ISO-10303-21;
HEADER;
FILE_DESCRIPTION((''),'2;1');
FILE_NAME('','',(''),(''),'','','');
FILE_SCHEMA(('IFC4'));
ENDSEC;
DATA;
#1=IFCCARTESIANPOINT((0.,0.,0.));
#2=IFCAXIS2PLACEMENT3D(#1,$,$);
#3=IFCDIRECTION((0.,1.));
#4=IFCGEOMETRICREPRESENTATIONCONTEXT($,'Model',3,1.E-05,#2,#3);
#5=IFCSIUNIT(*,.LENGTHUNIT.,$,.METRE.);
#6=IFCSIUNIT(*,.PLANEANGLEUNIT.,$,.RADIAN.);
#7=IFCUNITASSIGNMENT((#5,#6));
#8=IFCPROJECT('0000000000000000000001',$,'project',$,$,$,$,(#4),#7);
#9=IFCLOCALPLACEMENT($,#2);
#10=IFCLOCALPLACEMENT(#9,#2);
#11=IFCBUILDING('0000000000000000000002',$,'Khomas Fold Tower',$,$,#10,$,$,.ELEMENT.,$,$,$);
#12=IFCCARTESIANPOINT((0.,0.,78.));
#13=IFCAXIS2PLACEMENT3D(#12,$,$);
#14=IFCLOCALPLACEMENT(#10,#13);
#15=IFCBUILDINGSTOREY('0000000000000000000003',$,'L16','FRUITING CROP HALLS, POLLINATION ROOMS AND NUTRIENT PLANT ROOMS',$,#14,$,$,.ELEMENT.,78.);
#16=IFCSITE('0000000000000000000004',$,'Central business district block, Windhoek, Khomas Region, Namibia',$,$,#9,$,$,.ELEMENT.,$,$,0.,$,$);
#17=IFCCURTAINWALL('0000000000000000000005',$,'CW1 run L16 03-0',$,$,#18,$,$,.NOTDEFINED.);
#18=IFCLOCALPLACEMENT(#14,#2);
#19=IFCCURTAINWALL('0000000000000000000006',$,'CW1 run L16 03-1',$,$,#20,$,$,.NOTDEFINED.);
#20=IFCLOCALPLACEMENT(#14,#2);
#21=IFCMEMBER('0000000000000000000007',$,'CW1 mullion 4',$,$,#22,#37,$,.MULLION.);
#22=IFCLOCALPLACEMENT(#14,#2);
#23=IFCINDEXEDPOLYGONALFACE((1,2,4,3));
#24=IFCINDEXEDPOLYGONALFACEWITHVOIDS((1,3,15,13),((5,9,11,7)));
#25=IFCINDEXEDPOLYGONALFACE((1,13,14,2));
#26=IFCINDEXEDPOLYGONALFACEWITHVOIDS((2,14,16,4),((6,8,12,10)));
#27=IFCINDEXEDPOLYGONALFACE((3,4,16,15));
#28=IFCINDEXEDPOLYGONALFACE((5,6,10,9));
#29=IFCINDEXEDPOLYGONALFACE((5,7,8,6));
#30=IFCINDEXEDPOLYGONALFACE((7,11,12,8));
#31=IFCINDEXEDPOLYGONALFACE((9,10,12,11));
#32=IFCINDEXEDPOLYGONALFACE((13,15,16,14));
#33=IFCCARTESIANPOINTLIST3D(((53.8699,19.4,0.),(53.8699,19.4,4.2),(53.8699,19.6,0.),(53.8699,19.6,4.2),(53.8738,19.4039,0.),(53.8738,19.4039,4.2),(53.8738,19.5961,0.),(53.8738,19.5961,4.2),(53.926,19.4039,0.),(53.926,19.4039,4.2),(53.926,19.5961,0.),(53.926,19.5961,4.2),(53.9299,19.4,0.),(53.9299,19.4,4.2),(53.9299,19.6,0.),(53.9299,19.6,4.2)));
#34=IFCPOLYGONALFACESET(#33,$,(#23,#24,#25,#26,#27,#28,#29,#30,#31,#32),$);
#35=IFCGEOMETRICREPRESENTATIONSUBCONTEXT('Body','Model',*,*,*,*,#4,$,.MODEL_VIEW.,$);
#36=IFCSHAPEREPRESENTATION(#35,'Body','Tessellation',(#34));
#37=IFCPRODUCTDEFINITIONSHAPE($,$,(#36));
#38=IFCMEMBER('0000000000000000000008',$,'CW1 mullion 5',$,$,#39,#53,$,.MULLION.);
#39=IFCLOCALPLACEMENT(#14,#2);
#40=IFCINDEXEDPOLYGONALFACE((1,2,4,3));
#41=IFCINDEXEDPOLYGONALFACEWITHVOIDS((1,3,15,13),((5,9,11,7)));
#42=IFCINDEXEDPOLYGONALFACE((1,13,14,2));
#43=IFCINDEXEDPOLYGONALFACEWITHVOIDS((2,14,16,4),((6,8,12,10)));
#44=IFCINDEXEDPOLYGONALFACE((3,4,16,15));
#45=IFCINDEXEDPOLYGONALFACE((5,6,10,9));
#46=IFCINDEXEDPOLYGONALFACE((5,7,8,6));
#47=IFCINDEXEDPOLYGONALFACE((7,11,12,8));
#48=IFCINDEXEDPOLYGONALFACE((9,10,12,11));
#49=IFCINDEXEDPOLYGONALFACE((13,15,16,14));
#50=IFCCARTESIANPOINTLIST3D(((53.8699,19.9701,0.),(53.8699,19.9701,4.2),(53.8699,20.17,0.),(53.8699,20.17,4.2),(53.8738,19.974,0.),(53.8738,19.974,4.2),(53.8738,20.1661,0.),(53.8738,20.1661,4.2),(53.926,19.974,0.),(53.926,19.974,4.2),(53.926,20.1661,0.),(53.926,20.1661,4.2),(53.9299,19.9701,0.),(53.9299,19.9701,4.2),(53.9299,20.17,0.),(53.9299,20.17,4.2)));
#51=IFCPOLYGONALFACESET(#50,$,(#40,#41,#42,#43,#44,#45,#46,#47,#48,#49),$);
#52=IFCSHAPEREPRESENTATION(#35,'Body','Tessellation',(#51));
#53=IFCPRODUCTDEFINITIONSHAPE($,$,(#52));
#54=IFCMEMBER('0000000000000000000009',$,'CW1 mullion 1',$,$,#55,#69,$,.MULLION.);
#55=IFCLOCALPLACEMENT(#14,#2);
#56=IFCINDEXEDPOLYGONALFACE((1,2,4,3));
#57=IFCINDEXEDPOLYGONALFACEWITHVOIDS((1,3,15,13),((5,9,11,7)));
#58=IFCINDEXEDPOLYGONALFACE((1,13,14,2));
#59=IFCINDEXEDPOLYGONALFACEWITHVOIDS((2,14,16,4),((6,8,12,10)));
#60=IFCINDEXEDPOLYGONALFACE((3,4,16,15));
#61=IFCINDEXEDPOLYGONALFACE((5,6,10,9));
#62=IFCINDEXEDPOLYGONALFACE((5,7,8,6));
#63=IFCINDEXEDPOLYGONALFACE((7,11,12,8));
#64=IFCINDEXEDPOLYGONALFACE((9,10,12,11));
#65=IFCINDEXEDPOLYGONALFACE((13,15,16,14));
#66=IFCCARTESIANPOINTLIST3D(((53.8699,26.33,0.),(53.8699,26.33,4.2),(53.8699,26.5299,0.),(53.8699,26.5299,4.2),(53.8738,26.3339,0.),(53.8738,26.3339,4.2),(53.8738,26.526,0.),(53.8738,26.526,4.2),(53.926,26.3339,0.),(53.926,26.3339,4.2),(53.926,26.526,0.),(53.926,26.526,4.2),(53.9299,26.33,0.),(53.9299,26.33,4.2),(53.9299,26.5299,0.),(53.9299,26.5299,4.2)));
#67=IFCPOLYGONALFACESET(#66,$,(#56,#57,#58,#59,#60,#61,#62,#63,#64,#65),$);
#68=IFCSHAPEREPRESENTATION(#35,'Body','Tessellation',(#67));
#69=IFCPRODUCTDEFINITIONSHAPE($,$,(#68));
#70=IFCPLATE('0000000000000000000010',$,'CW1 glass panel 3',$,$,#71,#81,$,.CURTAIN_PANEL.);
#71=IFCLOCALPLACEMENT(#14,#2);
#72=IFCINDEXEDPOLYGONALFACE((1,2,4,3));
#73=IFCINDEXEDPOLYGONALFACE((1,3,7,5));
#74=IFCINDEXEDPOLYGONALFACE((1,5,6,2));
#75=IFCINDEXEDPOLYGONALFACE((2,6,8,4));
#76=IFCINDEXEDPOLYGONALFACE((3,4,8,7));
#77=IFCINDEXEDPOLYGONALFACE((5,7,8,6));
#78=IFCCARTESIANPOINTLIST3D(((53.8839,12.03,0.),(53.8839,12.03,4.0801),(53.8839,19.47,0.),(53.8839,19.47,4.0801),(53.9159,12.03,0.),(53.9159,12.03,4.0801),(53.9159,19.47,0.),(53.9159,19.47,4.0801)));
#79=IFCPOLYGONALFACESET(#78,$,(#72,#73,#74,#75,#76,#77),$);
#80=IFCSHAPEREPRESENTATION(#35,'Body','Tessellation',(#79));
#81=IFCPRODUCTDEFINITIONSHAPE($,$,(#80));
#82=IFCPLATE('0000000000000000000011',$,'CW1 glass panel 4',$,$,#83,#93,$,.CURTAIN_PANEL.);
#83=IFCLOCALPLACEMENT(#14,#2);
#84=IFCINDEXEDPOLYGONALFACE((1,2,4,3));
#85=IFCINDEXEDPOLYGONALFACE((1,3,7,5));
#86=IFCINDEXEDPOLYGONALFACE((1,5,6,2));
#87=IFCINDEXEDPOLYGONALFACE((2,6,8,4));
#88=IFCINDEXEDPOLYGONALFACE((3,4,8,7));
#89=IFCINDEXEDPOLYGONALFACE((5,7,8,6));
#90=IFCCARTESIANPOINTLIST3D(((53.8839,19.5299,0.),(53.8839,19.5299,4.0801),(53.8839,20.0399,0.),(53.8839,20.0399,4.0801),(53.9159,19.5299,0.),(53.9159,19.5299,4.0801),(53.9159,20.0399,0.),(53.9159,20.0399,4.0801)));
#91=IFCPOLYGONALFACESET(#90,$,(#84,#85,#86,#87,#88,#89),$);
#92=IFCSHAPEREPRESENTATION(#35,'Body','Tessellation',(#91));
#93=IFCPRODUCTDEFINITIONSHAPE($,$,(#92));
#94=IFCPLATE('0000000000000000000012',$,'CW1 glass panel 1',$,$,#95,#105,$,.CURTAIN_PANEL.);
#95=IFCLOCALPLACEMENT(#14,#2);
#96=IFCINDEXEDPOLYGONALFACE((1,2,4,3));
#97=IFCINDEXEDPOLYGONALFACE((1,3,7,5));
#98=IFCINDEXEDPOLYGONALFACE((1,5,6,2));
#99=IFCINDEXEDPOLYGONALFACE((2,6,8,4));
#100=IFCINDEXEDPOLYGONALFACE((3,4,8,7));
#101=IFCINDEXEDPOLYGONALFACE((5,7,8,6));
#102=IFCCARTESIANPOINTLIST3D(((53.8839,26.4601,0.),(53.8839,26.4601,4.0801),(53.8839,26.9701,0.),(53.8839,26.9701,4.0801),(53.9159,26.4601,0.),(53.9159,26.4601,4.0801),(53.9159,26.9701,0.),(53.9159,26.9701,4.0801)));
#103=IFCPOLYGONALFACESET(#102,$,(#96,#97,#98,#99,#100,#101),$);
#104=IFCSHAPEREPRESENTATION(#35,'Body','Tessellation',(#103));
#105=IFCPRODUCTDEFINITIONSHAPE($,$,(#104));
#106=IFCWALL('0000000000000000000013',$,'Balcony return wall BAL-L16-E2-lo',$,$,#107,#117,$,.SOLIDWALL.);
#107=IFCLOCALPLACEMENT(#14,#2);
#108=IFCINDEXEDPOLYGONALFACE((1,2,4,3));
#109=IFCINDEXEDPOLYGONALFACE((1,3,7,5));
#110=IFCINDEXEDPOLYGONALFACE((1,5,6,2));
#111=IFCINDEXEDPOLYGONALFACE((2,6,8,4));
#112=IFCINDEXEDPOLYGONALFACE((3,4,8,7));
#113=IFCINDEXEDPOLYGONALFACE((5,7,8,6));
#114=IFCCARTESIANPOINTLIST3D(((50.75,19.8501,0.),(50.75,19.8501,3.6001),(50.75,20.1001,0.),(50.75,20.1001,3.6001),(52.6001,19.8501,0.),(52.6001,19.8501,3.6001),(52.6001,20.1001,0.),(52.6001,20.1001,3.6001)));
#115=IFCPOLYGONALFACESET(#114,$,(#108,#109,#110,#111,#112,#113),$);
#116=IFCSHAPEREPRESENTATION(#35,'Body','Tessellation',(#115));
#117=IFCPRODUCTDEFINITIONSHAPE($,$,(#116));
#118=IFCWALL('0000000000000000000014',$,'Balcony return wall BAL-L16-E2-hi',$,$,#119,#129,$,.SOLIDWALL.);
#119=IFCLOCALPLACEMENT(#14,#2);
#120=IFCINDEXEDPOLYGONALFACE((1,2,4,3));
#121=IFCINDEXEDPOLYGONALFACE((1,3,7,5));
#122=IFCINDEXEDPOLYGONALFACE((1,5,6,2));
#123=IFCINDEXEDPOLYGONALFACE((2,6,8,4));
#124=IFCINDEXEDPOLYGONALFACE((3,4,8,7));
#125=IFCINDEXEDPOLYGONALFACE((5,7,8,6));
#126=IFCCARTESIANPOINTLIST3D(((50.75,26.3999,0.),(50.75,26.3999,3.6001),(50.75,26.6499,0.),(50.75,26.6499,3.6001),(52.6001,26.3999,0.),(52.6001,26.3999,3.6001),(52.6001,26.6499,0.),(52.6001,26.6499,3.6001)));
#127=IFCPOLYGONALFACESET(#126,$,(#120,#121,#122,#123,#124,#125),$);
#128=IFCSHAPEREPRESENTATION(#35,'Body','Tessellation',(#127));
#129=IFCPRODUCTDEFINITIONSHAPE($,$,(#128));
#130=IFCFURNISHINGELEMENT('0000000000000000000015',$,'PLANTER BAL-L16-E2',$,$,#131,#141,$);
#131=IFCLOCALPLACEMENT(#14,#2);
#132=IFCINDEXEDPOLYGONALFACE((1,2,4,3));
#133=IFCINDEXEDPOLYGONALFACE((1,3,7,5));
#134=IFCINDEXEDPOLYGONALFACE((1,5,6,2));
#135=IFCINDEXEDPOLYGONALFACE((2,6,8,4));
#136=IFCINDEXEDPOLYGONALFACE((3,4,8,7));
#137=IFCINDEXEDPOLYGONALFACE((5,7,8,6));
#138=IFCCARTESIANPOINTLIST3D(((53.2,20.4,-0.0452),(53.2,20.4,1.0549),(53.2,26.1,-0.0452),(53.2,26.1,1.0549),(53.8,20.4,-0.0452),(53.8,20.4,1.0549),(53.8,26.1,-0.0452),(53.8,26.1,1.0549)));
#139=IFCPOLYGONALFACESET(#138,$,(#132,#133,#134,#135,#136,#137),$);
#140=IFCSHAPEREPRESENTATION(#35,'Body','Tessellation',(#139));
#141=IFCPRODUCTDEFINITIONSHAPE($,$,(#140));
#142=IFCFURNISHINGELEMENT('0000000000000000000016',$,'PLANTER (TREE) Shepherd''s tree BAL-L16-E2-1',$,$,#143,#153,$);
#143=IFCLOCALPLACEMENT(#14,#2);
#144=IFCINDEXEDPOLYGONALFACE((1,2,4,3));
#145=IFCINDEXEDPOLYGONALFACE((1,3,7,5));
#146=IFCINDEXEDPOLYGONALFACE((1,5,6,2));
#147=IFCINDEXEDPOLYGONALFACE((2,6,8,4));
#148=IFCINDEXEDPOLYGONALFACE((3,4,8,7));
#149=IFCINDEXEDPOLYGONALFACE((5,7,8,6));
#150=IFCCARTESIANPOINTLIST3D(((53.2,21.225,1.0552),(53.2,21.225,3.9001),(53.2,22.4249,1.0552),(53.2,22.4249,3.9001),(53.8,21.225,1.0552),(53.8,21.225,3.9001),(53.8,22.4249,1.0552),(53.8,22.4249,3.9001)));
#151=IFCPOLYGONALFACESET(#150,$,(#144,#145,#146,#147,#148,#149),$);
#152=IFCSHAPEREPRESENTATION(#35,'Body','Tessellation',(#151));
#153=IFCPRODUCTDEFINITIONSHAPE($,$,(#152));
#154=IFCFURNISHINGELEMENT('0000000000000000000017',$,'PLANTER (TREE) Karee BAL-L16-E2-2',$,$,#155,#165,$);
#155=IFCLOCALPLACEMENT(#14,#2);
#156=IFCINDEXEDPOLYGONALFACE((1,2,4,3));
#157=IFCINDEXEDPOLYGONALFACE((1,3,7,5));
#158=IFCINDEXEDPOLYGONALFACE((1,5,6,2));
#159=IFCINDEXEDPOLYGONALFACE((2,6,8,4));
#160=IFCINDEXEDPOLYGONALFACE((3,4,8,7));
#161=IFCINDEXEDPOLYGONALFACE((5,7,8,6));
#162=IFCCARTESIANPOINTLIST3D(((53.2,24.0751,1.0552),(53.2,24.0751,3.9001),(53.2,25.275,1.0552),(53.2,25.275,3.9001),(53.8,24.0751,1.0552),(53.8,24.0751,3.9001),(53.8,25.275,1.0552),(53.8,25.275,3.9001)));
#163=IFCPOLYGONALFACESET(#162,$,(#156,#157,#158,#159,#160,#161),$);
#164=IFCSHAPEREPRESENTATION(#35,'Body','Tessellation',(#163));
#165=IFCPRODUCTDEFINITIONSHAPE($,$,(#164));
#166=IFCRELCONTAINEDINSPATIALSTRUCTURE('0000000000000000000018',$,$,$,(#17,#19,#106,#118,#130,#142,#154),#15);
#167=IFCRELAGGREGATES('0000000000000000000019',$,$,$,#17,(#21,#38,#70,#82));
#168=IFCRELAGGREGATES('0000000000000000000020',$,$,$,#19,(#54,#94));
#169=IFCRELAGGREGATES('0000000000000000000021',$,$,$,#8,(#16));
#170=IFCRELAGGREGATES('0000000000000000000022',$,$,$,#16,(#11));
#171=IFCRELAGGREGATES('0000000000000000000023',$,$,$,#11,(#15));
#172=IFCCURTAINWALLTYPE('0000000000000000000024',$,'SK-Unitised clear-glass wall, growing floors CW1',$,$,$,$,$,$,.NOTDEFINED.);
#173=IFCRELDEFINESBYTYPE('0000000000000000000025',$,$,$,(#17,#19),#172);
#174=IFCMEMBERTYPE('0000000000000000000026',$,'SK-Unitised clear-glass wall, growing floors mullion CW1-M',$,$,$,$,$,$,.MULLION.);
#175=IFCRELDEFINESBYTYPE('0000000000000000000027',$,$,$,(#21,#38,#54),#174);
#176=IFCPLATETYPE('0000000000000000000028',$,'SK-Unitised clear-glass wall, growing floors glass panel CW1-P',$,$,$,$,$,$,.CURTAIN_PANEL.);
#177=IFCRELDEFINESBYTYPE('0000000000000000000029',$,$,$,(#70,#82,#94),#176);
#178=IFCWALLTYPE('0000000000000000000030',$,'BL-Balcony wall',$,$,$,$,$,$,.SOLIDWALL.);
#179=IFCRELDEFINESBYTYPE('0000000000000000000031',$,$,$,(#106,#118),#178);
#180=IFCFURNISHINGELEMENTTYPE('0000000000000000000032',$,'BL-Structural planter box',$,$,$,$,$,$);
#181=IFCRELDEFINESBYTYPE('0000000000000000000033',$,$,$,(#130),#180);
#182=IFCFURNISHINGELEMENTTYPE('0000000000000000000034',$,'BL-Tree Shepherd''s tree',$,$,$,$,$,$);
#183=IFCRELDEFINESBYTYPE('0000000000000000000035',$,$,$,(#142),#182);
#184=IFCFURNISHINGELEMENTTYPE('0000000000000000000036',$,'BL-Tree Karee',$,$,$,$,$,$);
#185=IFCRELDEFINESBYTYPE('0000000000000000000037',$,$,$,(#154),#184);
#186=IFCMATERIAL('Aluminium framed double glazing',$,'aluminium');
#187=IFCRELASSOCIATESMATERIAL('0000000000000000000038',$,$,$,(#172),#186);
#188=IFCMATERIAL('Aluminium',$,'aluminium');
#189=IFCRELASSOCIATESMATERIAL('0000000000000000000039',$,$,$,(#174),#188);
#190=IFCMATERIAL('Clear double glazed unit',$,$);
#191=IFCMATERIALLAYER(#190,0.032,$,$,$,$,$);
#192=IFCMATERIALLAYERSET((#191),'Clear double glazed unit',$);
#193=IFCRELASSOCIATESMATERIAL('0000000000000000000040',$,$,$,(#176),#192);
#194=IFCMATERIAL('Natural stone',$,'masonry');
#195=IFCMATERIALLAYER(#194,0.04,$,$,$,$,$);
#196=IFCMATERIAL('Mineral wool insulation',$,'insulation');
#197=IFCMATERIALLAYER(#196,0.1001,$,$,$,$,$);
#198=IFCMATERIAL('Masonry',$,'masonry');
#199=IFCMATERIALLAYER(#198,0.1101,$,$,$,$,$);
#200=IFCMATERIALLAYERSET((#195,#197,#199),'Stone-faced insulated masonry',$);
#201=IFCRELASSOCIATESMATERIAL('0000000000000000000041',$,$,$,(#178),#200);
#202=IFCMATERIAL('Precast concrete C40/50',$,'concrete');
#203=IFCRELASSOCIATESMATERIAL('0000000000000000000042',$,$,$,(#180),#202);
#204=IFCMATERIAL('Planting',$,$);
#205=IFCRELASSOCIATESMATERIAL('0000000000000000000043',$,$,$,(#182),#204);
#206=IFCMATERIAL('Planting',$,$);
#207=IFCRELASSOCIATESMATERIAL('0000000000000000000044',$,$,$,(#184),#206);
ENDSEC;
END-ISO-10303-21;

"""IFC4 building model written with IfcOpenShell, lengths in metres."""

from ifc_helpers import new_model, si_unit, direction, frame, frame_2d, origin, origin_2d, place, context, subcontext, project, spatial, rectangle, hollow_rectangle, extrude, source, transform, mapped, material, layer, layer_set, material_profile, profile_set, type_object, element, aggregate, save


model = new_model("IFC4")

# Units and contexts
model_context = context("Model", 3, precision=1e-05, world=origin(), true_north=direction((0.0, 1.0)))
body_context = subcontext(model_context, "Body", "Model", "MODEL_VIEW")
ifc_project = project(units=[si_unit("LENGTHUNIT", "METRE"), si_unit("PLANEANGLEUNIT", "RADIAN")], contexts=[model_context])

# Site, building, storey
site_placement = place(None, origin())
site = spatial("IfcSite", under=ifc_project, at=site_placement, Name="Central business district block, Windhoek, Khomas Region, Namibia", CompositionType="ELEMENT", RefElevation=0.0)
building_placement = place(site_placement, origin())
building = spatial("IfcBuilding", under=site, at=building_placement, Name="Khomas Fold Tower", CompositionType="ELEMENT")
storey_placement = place(building_placement, frame((0.0, 0.0, 78.0)))
storey = spatial("IfcBuildingStorey", under=building, at=storey_placement, Name="L16", Description="FRUITING CROP HALLS, POLLINATION ROOMS AND NUTRIENT PLANT ROOMS", CompositionType="ELEMENT", Elevation=78.0)

# Curtain wall
ifc_material_1 = material(Name="Aluminium framed double glazing", Category="aluminium")
curtain_wall_type = type_object("IfcCurtainWallType", Name="SK-Unitised clear-glass wall, growing floors CW1", PredefinedType="NOTDEFINED", material=ifc_material_1)
curtain_wall_1_placement = place(storey_placement, origin())
curtain_wall_1 = element("IfcCurtainWall", 1, at=curtain_wall_1_placement, inside=storey, type_object=curtain_wall_type, Name="CW1 run L16 03-0", PredefinedType="NOTDEFINED")

# Curtain wall
curtain_wall_2_placement = place(storey_placement, origin())
curtain_wall_2 = element("IfcCurtainWall", 2, at=curtain_wall_2_placement, inside=storey, type_object=curtain_wall_type, Name="CW1 run L16 03-1", PredefinedType="NOTDEFINED")

# Members
ifc_material_2 = material(Name="Aluminium", Category="aluminium")
ifc_material_profile_1 = material_profile(ifc_material_2, hollow_rectangle(XDim=0.0601, YDim=0.2, WallThickness=0.0039, at=origin_2d()), Name="SK-Unitised clear-glass wall, growing floors mullion CW1-M")
ifc_profile_set_1 = profile_set([ifc_material_profile_1], Name="Aluminium")
member_type_1 = type_object("IfcMemberType", Name="SK-Unitised clear-glass wall, growing floors mullion CW1-M", PredefinedType="MULLION", material=ifc_profile_set_1)
shared_shape_1 = source(origin(), body_context, "Body", "SweptSolid", [
    extrude(hollow_rectangle(XDim=0.0601, YDim=0.2, WallThickness=0.0039, at=origin_2d()), origin(), (0.0, 0.0, 1.0), 4.2),
])
member_1_placement = place(storey_placement, frame((53.8999, 19.5, 0.0), z_axis=(0.0, 0.0, 1.0), x_axis=(-1.0, 0.0, 0.0)))
member_1 = element("IfcMember", 3, at=member_1_placement, type_object=member_type_1, Name="CW1 mullion 4", PredefinedType="MULLION", context=body_context, shape_type="MappedRepresentation", body=[
    mapped(shared_shape_1, transform((0.0, 0.0, 0.0))),
])
member_2_placement = place(storey_placement, frame((53.8999, 20.0701, 0.0), z_axis=(0.0, 0.0, 1.0), x_axis=(-1.0, 0.0, 0.0)))
member_2 = element("IfcMember", 4, at=member_2_placement, type_object=member_type_1, Name="CW1 mullion 5", PredefinedType="MULLION", context=body_context, shape_type="MappedRepresentation", body=[
    mapped(shared_shape_1, transform((0.0, 0.0, 0.0))),
])
member_3_placement = place(storey_placement, frame((53.8999, 26.4299, 0.0), z_axis=(0.0, 0.0, 1.0), x_axis=(-1.0, 0.0, 0.0)))
member_3 = element("IfcMember", 5, at=member_3_placement, type_object=member_type_1, Name="CW1 mullion 1", PredefinedType="MULLION", context=body_context, shape_type="MappedRepresentation", body=[
    mapped(shared_shape_1, transform((0.0, 0.0, 0.0))),
])

# Plates
ifc_material_3 = material(Name="Clear double glazed unit")
ifc_layer_1 = layer(ifc_material_3, 0.032)
ifc_layer_set_1 = layer_set([ifc_layer_1], Name="Clear double glazed unit")
plate_type = type_object("IfcPlateType", Name="SK-Unitised clear-glass wall, growing floors glass panel CW1-P", PredefinedType="CURTAIN_PANEL", material=ifc_layer_set_1)
shared_shape_2 = source(origin(), body_context, "Body", "SweptSolid", [
    extrude(rectangle(XDim=7.4399, YDim=0.032, at=origin_2d()), origin(), (0.0, 0.0, 1.0), 4.0801),
])
plate_1_placement = place(storey_placement, frame((53.8999, 15.75, 0.0), z_axis=(0.0, 0.0, 1.0), x_axis=(0.0, 1.0, 0.0)))
plate_1 = element("IfcPlate", 6, at=plate_1_placement, type_object=plate_type, Name="CW1 glass panel 3", PredefinedType="CURTAIN_PANEL", context=body_context, shape_type="MappedRepresentation", body=[
    mapped(shared_shape_2, transform((0.0, 0.0, 0.0))),
])
shared_shape_3 = source(origin(), body_context, "Body", "SweptSolid", [
    extrude(rectangle(XDim=0.51, YDim=0.032, at=origin_2d()), origin(), (0.0, 0.0, 1.0), 4.0801),
])
plate_2_placement = place(storey_placement, frame((53.8999, 19.7849, 0.0), z_axis=(0.0, 0.0, 1.0), x_axis=(0.0, 1.0, 0.0)))
plate_2 = element("IfcPlate", 7, at=plate_2_placement, type_object=plate_type, Name="CW1 glass panel 4", PredefinedType="CURTAIN_PANEL", context=body_context, shape_type="MappedRepresentation", body=[
    mapped(shared_shape_3, transform((0.0, 0.0, 0.0))),
])
aggregate(curtain_wall_1, [member_1, member_2, plate_1, plate_2])
plate_3_placement = place(storey_placement, frame((53.8999, 26.7151, 0.0), z_axis=(0.0, 0.0, 1.0), x_axis=(0.0, 1.0, 0.0)))
plate_3 = element("IfcPlate", 8, at=plate_3_placement, type_object=plate_type, Name="CW1 glass panel 1", PredefinedType="CURTAIN_PANEL", context=body_context, shape_type="MappedRepresentation", body=[
    mapped(shared_shape_3, transform((0.0, 0.0, 0.0))),
])
aggregate(curtain_wall_2, [member_3, plate_3])

# Shared definitions
ifc_material_4 = material(Name="Natural stone", Category="masonry")
ifc_layer_2 = layer(ifc_material_4, 0.04)
ifc_material_5 = material(Name="Mineral wool insulation", Category="insulation")
ifc_layer_3 = layer(ifc_material_5, 0.1001)
ifc_material_6 = material(Name="Masonry", Category="masonry")
ifc_layer_4 = layer(ifc_material_6, 0.1101)
ifc_layer_set_2 = layer_set([ifc_layer_2, ifc_layer_3, ifc_layer_4], Name="Stone-faced insulated masonry")
wall_type = type_object("IfcWallType", Name="BL-Balcony wall", PredefinedType="SOLIDWALL", material=ifc_layer_set_2)

# Walls
shared_shape_4 = source(origin(), body_context, "Body", "SweptSolid", [
    extrude(rectangle(XDim=1.8501, YDim=0.25, at=frame_2d((0.925, 0.0))), origin(), (0.0, 0.0, 1.0), 3.6001),
])
for number, where, z_axis, x_axis, name in (
    (9, (52.6001, 19.9751, 0.0), (0.0, 0.0, 1.0), (-1.0, 0.0, 0.0), "Balcony return wall BAL-L16-E2-lo"),
    (10, (52.6001, 26.5249, 0.0), (0.0, 0.0, 1.0), (-1.0, 0.0, 0.0), "Balcony return wall BAL-L16-E2-hi"),
):
    element("IfcWall", number, at=place(storey_placement, frame(where, z_axis=z_axis, x_axis=x_axis)), inside=storey, type_object=wall_type, Name=name, PredefinedType="SOLIDWALL", context=body_context, shape_type="MappedRepresentation", body=[
        mapped(shared_shape_4, transform((0.0, 0.0, 0.0))),
    ])

# Furnishing elements
ifc_material_7 = material(Name="Precast concrete C40/50", Category="concrete")
furnishing_element_type_1 = type_object("IfcFurnishingElementType", Name="BL-Structural planter box", material=ifc_material_7)
shared_shape_5 = source(origin(), body_context, "Body", "SweptSolid", [
    extrude(rectangle(XDim=5.7, YDim=0.6001, at=origin_2d()), origin(), (0.0, 0.0, 1.0), 1.1001),
])
furnishing_1_placement = place(storey_placement, frame((53.5, 23.25, -0.0452), z_axis=(0.0, 0.0, 1.0), x_axis=(0.0, 1.0, 0.0)))
element("IfcFurnishingElement", 11, at=furnishing_1_placement, inside=storey, type_object=furnishing_element_type_1, Name="PLANTER BAL-L16-E2", context=body_context, shape_type="MappedRepresentation", body=[
    mapped(shared_shape_5, transform((0.0, 0.0, 0.0))),
])
ifc_material_8 = material(Name="Planting")
furnishing_element_type_2 = type_object("IfcFurnishingElementType", Name="BL-Tree Shepherd's tree", material=ifc_material_8)
shared_shape_6 = source(origin(), body_context, "Body", "SweptSolid", [
    extrude(rectangle(XDim=1.2, YDim=0.6001, at=origin_2d()), origin(), (0.0, 0.0, 1.0), 2.845),
])
furnishing_2_placement = place(storey_placement, frame((53.5, 21.825, 1.0552), z_axis=(0.0, 0.0, 1.0), x_axis=(0.0, 1.0, 0.0)))
element("IfcFurnishingElement", 12, at=furnishing_2_placement, inside=storey, type_object=furnishing_element_type_2, Name="PLANTER (TREE) Shepherd's tree BAL-L16-E2-1", context=body_context, shape_type="MappedRepresentation", body=[
    mapped(shared_shape_6, transform((0.0, 0.0, 0.0))),
])
ifc_material_9 = material(Name="Planting")
furnishing_element_type_3 = type_object("IfcFurnishingElementType", Name="BL-Tree Karee", material=ifc_material_9)
furnishing_3_placement = place(storey_placement, frame((53.5, 24.675, 1.0552), z_axis=(0.0, 0.0, 1.0), x_axis=(0.0, 1.0, 0.0)))
element("IfcFurnishingElement", 13, at=furnishing_3_placement, inside=storey, type_object=furnishing_element_type_3, Name="PLANTER (TREE) Karee BAL-L16-E2-2", context=body_context, shape_type="MappedRepresentation", body=[
    mapped(shared_shape_6, transform((0.0, 0.0, 0.0))),
])

save(model, "model.ifc")
